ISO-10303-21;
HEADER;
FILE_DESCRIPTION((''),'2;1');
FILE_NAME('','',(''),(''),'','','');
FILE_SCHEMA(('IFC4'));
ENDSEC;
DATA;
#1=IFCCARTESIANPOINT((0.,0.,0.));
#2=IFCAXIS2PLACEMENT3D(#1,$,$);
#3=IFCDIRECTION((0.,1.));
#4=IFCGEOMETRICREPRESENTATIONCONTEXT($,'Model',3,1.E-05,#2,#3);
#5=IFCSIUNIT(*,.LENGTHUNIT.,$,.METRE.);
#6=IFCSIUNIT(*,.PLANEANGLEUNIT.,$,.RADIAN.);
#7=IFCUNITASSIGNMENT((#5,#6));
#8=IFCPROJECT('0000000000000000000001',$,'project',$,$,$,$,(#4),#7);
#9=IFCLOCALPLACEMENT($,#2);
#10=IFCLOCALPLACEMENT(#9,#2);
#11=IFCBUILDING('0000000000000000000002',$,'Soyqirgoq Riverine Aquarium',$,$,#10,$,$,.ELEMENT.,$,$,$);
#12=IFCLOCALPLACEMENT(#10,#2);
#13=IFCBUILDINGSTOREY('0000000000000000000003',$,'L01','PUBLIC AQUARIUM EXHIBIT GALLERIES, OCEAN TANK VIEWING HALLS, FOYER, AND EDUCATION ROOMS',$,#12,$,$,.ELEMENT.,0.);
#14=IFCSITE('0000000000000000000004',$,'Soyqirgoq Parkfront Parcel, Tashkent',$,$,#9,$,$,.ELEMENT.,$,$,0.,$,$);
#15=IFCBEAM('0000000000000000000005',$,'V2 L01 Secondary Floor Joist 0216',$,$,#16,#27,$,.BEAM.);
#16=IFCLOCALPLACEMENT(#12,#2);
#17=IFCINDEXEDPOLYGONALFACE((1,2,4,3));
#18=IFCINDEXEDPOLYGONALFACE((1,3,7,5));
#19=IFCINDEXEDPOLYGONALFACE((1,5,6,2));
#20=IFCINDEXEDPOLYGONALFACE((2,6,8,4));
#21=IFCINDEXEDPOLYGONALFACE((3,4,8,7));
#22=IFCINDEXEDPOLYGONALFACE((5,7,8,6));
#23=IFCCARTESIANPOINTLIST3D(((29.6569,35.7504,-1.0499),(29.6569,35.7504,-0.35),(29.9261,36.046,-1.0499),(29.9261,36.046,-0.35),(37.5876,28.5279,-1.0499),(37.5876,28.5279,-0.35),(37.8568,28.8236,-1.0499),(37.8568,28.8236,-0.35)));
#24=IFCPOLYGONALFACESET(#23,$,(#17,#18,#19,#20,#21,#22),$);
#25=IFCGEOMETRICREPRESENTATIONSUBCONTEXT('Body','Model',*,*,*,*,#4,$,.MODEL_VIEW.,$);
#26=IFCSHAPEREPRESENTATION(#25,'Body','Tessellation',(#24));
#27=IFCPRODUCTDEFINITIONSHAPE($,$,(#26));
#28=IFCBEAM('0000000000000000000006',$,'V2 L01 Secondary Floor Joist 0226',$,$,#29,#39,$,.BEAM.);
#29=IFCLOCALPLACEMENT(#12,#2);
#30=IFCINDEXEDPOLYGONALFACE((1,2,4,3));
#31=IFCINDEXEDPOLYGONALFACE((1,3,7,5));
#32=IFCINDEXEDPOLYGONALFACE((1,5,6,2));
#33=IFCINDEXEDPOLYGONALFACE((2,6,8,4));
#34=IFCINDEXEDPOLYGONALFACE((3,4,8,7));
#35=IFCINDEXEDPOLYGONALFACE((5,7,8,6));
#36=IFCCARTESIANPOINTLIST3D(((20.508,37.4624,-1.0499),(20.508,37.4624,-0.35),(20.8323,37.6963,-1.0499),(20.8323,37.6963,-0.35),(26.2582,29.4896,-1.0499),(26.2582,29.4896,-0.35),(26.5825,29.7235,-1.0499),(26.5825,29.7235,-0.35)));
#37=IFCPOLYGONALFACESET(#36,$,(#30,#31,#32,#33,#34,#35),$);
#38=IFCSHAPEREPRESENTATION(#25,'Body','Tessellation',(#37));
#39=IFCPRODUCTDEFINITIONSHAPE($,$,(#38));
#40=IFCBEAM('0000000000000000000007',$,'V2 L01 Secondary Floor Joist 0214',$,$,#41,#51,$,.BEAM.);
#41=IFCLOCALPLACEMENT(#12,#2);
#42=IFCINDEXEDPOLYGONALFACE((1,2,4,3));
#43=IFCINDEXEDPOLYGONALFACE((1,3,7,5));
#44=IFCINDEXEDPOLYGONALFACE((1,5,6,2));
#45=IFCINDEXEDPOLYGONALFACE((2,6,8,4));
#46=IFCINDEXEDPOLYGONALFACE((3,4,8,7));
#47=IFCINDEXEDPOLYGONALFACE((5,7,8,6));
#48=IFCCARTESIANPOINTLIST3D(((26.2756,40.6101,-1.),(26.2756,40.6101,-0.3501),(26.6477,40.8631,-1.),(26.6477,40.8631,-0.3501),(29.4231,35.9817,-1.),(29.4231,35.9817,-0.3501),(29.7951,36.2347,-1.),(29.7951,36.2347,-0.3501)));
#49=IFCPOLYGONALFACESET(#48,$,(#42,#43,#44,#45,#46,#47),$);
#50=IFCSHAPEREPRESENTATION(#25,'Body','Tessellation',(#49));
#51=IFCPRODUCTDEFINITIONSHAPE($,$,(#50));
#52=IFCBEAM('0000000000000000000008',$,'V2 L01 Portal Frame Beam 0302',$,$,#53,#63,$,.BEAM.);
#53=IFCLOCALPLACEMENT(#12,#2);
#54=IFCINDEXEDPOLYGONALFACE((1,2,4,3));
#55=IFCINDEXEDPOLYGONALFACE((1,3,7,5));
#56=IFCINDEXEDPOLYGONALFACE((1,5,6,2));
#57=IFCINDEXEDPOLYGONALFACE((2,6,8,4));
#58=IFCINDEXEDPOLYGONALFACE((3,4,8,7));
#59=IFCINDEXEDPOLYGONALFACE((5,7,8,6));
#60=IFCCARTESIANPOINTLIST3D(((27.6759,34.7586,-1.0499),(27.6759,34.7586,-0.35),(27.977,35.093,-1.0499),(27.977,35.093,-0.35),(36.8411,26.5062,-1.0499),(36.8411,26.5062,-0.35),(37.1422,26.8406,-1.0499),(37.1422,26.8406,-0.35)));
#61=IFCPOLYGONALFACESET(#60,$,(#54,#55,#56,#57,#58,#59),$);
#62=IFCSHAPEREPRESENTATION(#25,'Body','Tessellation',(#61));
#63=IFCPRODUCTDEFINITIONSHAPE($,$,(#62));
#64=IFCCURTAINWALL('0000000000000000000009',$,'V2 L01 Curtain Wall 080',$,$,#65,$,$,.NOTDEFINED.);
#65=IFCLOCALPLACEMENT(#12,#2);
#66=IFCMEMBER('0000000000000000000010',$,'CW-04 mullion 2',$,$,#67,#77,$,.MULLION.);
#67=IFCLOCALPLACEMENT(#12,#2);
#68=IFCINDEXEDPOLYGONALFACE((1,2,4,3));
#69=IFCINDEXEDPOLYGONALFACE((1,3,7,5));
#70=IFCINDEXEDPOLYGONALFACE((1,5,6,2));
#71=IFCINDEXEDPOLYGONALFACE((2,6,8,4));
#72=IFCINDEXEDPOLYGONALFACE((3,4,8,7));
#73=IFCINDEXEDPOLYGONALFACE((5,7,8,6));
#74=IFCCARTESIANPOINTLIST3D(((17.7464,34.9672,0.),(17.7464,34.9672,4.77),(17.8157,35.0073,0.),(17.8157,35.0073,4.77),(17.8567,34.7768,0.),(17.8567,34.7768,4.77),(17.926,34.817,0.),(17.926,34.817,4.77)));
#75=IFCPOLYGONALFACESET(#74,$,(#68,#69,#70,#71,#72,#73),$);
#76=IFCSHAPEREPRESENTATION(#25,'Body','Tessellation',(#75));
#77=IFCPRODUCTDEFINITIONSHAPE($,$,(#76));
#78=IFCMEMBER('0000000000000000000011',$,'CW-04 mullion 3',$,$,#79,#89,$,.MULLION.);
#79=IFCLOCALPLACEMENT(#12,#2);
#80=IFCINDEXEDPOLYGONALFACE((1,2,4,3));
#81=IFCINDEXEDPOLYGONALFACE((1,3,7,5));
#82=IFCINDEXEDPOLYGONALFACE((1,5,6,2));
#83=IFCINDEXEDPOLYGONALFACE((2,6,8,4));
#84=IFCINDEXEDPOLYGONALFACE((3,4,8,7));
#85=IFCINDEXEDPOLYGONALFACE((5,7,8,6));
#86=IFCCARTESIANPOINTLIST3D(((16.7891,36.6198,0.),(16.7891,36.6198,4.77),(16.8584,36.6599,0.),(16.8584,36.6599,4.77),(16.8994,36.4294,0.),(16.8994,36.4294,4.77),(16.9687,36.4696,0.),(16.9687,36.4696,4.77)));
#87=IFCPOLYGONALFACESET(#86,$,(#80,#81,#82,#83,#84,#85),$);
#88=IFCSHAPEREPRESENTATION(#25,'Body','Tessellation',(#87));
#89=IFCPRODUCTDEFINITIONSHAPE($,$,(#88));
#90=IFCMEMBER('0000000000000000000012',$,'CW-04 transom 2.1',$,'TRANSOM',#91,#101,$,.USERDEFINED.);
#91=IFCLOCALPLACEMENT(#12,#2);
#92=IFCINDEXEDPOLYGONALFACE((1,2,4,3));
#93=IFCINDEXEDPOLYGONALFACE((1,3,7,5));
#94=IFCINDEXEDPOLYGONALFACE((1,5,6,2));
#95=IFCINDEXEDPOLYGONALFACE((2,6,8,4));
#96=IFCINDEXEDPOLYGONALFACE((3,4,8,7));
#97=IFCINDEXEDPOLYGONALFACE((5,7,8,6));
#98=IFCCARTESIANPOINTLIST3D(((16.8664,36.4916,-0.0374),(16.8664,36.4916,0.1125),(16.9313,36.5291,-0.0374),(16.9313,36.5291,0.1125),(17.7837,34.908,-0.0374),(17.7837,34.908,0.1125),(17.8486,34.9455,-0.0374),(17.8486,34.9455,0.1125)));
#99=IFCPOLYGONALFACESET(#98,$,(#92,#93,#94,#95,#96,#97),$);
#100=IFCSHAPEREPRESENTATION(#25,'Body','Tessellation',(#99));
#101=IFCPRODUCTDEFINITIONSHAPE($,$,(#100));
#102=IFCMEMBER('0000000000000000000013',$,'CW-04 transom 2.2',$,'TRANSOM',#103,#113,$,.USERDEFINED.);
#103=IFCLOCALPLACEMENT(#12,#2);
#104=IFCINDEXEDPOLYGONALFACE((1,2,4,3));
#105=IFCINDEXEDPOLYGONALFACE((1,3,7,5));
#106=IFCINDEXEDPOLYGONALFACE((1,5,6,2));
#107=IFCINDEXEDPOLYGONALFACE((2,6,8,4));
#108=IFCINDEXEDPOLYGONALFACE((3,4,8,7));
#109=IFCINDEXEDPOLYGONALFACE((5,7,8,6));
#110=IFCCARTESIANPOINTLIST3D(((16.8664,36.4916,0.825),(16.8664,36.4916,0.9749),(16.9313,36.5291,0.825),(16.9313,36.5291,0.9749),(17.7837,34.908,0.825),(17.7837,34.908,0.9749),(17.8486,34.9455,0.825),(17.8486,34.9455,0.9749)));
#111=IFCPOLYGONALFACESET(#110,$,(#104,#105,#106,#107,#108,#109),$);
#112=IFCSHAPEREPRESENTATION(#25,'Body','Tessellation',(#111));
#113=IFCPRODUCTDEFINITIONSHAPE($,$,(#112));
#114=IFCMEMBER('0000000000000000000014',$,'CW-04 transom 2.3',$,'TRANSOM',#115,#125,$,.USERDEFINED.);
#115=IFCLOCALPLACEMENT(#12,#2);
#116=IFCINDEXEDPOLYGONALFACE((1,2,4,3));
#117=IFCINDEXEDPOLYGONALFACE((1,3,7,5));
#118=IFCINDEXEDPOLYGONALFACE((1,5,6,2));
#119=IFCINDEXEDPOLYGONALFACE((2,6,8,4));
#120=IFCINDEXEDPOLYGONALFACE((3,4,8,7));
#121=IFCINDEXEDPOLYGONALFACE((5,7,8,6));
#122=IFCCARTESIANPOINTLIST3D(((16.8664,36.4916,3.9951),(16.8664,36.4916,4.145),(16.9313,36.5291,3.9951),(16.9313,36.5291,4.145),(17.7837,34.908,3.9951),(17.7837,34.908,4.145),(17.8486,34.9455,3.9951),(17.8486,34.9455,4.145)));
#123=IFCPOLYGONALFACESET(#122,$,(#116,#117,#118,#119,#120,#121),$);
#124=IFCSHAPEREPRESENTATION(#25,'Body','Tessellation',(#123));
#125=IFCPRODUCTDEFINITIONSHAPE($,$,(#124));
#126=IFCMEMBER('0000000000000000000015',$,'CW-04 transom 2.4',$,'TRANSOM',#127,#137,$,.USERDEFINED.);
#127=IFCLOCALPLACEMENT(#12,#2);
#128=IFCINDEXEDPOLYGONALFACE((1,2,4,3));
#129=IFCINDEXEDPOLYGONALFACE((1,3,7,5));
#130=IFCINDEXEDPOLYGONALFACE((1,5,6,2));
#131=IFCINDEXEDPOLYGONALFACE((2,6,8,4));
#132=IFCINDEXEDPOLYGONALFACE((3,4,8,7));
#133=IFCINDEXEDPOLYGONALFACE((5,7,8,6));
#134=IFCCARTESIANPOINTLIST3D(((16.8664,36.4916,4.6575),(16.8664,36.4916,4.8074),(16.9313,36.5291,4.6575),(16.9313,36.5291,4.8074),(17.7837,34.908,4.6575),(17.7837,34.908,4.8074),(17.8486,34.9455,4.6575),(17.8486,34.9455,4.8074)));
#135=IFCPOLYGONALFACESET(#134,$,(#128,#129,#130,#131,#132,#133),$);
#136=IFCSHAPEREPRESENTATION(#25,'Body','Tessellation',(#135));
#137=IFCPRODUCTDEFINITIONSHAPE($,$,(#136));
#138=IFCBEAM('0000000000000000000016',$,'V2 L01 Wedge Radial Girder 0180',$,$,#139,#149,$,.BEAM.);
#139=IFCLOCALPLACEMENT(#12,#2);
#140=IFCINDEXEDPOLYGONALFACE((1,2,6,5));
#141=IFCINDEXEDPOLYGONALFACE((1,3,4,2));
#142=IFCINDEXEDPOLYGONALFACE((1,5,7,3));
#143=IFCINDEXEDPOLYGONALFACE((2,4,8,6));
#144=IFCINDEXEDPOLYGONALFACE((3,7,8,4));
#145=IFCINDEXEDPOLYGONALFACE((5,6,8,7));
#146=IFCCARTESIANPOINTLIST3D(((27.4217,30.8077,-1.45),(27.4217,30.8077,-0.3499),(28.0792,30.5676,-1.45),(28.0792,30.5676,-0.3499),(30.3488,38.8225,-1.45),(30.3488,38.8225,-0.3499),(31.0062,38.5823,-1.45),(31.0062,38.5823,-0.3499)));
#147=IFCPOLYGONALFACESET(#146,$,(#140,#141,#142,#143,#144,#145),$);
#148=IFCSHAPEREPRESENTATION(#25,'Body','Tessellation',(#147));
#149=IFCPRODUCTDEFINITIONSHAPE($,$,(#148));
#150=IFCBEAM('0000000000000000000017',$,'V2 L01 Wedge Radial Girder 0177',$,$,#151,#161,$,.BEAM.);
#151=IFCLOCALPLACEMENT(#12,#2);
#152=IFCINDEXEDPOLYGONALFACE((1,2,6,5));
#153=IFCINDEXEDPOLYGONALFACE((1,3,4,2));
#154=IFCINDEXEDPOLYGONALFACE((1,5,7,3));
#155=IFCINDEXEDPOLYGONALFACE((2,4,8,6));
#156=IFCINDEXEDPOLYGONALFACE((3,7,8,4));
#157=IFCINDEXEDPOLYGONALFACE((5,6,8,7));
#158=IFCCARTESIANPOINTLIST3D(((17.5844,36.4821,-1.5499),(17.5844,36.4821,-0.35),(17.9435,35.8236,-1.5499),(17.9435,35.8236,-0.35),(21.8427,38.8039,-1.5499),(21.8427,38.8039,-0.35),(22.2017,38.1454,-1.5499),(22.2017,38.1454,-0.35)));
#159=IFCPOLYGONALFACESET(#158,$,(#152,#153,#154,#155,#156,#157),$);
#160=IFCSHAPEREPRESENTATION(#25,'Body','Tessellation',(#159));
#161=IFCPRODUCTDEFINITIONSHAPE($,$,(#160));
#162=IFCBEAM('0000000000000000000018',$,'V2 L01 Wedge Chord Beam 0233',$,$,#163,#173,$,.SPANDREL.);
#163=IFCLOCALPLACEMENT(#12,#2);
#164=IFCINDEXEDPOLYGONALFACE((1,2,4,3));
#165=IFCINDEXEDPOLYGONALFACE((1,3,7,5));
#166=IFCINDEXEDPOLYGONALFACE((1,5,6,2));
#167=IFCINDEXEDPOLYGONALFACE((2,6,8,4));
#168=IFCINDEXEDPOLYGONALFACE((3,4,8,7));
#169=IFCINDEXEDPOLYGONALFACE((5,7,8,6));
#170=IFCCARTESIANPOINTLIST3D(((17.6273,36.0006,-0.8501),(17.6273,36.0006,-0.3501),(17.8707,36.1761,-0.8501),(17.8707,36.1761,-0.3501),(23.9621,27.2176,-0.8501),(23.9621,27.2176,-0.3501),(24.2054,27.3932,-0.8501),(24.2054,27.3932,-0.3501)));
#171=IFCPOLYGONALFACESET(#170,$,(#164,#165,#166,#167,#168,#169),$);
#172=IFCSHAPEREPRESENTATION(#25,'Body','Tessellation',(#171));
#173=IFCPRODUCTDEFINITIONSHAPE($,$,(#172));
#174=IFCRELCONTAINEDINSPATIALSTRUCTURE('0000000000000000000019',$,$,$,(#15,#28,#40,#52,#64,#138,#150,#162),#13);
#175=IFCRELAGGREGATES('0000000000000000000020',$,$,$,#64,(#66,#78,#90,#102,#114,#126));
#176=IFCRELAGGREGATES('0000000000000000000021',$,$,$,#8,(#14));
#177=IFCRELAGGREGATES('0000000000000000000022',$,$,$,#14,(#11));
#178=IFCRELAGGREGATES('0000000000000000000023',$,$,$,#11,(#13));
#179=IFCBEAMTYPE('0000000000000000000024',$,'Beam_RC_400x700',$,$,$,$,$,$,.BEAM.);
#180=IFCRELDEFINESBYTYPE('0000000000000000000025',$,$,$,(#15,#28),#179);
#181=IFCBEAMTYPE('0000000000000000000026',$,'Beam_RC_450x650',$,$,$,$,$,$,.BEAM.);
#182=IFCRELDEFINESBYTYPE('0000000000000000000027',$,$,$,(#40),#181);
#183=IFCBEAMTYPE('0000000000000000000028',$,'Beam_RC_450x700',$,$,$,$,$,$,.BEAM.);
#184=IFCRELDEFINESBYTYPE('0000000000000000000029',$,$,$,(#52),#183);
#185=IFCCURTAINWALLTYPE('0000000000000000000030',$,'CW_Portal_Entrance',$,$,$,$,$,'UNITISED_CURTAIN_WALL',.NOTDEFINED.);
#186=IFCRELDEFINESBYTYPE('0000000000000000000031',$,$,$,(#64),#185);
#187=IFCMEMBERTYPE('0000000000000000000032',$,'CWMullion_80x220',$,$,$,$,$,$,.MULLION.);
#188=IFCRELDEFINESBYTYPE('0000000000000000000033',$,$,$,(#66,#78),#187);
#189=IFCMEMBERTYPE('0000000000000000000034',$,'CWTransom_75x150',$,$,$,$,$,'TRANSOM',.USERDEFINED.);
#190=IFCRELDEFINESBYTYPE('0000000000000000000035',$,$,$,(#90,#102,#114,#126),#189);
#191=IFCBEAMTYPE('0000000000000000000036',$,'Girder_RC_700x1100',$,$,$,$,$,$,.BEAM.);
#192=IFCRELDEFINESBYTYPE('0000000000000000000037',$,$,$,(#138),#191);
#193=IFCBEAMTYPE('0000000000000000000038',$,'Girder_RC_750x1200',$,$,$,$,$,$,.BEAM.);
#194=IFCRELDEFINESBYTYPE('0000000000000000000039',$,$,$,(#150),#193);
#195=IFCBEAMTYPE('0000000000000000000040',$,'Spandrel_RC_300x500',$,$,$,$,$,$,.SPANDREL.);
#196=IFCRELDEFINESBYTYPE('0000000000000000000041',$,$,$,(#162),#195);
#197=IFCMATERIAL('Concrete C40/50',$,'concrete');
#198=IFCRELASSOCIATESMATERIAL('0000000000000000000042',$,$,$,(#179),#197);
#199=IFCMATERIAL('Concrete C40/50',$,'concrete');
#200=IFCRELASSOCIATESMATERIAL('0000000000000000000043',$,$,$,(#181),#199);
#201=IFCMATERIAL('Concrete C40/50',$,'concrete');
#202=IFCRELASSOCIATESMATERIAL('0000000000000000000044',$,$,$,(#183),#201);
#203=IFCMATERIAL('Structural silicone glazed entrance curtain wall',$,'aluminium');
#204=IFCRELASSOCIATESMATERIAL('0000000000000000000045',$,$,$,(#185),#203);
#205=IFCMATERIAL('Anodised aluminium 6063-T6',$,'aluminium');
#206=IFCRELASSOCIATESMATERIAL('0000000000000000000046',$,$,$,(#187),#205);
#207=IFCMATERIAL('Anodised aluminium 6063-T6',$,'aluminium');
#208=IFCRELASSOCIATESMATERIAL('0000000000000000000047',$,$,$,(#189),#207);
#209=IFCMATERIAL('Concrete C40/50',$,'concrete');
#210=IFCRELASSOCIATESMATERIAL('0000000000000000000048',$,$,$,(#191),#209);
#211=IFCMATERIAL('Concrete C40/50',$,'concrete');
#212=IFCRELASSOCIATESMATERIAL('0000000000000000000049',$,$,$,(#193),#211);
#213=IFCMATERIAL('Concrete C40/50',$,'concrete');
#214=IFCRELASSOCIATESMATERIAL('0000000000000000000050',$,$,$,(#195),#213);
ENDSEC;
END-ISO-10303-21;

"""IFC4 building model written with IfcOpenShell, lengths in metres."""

from ifc_helpers import new_model, si_unit, direction, frame, origin, origin_2d, place, context, subcontext, project, spatial, rectangle, extrude, material, material_profile, profile_set, type_object, element, aggregate, save


model = new_model("IFC4")

# Units and contexts
model_context = context("Model", 3, precision=1e-05, world=origin(), true_north=direction((0.0, 1.0)))
body_context = subcontext(model_context, "Body", "Model", "MODEL_VIEW")
ifc_project = project(units=[si_unit("LENGTHUNIT", "METRE"), si_unit("PLANEANGLEUNIT", "RADIAN")], contexts=[model_context])

# Site, building, storey
site_placement = place(None, origin())
site = spatial("IfcSite", under=ifc_project, at=site_placement, Name="Soyqirgoq Parkfront Parcel, Tashkent", CompositionType="ELEMENT", RefElevation=0.0)
building_placement = place(site_placement, origin())
building = spatial("IfcBuilding", under=site, at=building_placement, Name="Soyqirgoq Riverine Aquarium", CompositionType="ELEMENT")
storey_placement = place(building_placement, origin())
storey = spatial("IfcBuildingStorey", under=building, at=storey_placement, Name="L01", Description="PUBLIC AQUARIUM EXHIBIT GALLERIES, OCEAN TANK VIEWING HALLS, FOYER, AND EDUCATION ROOMS", CompositionType="ELEMENT", Elevation=0.0)

# Beams
ifc_material_1 = material(Name="Concrete C40/50", Category="concrete")
ifc_material_profile_1 = material_profile(ifc_material_1, rectangle(XDim=0.3999, YDim=0.7, at=origin_2d()), Name="RC 400x700")
ifc_profile_set_1 = profile_set([ifc_material_profile_1], Name="Concrete C40/50")
beam_type_1 = type_object("IfcBeamType", Name="Beam_RC_400x700", PredefinedType="BEAM", material=ifc_profile_set_1)
beam_1_placement = place(storey_placement, frame((29.7915, 35.8982, -0.7), z_axis=(0.73935, -0.673322, 0.0), x_axis=(0.673322, 0.73935, 0.0)))
element("IfcBeam", 1, at=beam_1_placement, inside=storey, type_object=beam_type_1, Name="V2 L01 Secondary Floor Joist 0216", PredefinedType="BEAM", context=body_context, shape_type="SweptSolid", body=[
    extrude(rectangle(XDim=0.3999, YDim=0.7, at=origin_2d()), origin(), (0.0, 0.0, 1.0), 10.7266),
])
beam_2_placement = place(storey_placement, frame((20.6702, 37.5793, -0.7), z_axis=(0.584958, -0.811063, 0.0), x_axis=(0.811063, 0.584958, 0.0)))
element("IfcBeam", 2, at=beam_2_placement, inside=storey, type_object=beam_type_1, Name="V2 L01 Secondary Floor Joist 0226", PredefinedType="BEAM", context=body_context, shape_type="SweptSolid", body=[
    extrude(rectangle(XDim=0.3999, YDim=0.7, at=origin_2d()), origin(), (0.0, 0.0, 1.0), 9.8301),
])
ifc_material_2 = material(Name="Concrete C40/50", Category="concrete")
ifc_material_profile_2 = material_profile(ifc_material_2, rectangle(XDim=0.45, YDim=0.6499, at=origin_2d()), Name="RC 450x650")
ifc_profile_set_2 = profile_set([ifc_material_profile_2], Name="Concrete C40/50")
beam_type_2 = type_object("IfcBeamType", Name="Beam_RC_450x650", PredefinedType="BEAM", material=ifc_profile_set_2)
beam_3_placement = place(storey_placement, frame((26.4617, 40.7366, -0.675), z_axis=(0.562327, -0.826915, 0.0), x_axis=(0.826915, 0.562327, 0.0)))
element("IfcBeam", 3, at=beam_3_placement, inside=storey, type_object=beam_type_2, Name="V2 L01 Secondary Floor Joist 0214", PredefinedType="BEAM", context=body_context, shape_type="SweptSolid", body=[
    extrude(rectangle(XDim=0.45, YDim=0.6499, at=origin_2d()), origin(), (0.0, 0.0, 1.0), 5.5972),
])
ifc_material_3 = material(Name="Concrete C40/50", Category="concrete")
ifc_material_profile_3 = material_profile(ifc_material_3, rectangle(XDim=0.45, YDim=0.7, at=origin_2d()), Name="RC 450x700")
ifc_profile_set_3 = profile_set([ifc_material_profile_3], Name="Concrete C40/50")
beam_type_3 = type_object("IfcBeamType", Name="Beam_RC_450x700", PredefinedType="BEAM", material=ifc_profile_set_3)
beam_4_placement = place(storey_placement, frame((27.8264, 34.9258, -0.7), z_axis=(0.743145, -0.66913, 0.0), x_axis=(0.66913, 0.743145, 0.0)))
element("IfcBeam", 4, at=beam_4_placement, inside=storey, type_object=beam_type_3, Name="V2 L01 Portal Frame Beam 0302", PredefinedType="BEAM", context=body_context, shape_type="SweptSolid", body=[
    extrude(rectangle(XDim=0.45, YDim=0.7, at=origin_2d()), origin(), (0.0, 0.0, 1.0), 12.333),
])

# Curtain wall, members
ifc_material_4 = material(Name="Structural silicone glazed entrance curtain wall", Category="aluminium")
curtain_wall_type = type_object("IfcCurtainWallType", Name="CW_Portal_Entrance", ElementType="UNITISED_CURTAIN_WALL", PredefinedType="NOTDEFINED", material=ifc_material_4)
curtain_wall_placement = place(storey_placement, origin())
curtain_wall = element("IfcCurtainWall", 5, at=curtain_wall_placement, inside=storey, type_object=curtain_wall_type, Name="V2 L01 Curtain Wall 080", PredefinedType="NOTDEFINED")
ifc_material_5 = material(Name="Anodised aluminium 6063-T6", Category="aluminium")
ifc_material_profile_4 = material_profile(ifc_material_5, rectangle(XDim=0.0801, YDim=0.22, at=origin_2d()), Name="ALU-M 80x220")
ifc_profile_set_4 = profile_set([ifc_material_profile_4], Name="Anodised aluminium 6063-T6")
member_type_1 = type_object("IfcMemberType", Name="CWMullion_80x220", PredefinedType="MULLION", material=ifc_profile_set_4)
member_1_placement = place(storey_placement, frame((17.8362, 34.8921, 0.0), z_axis=(0.0, 0.0, 1.0), x_axis=(-0.865295, -0.501264, 0.0)))
member_1 = element("IfcMember", 6, at=member_1_placement, type_object=member_type_1, Name="CW-04 mullion 2", PredefinedType="MULLION", context=body_context, shape_type="SweptSolid", body=[
    extrude(rectangle(XDim=0.0801, YDim=0.22, at=origin_2d()), origin(), (0.0, 0.0, 1.0), 4.77),
])
member_2_placement = place(storey_placement, frame((16.8789, 36.5447, 0.0), z_axis=(0.0, 0.0, 1.0), x_axis=(-0.865295, -0.501264, 0.0)))
member_2 = element("IfcMember", 7, at=member_2_placement, type_object=member_type_1, Name="CW-04 mullion 3", PredefinedType="MULLION", context=body_context, shape_type="SweptSolid", body=[
    extrude(rectangle(XDim=0.0801, YDim=0.22, at=origin_2d()), origin(), (0.0, 0.0, 1.0), 4.77),
])
ifc_material_6 = material(Name="Anodised aluminium 6063-T6", Category="aluminium")
ifc_material_profile_5 = material_profile(ifc_material_6, rectangle(XDim=0.075, YDim=0.1499, at=origin_2d()), Name="ALU-T 75x150")
ifc_profile_set_5 = profile_set([ifc_material_profile_5], Name="Anodised aluminium 6063-T6")
member_type_2 = type_object("IfcMemberType", Name="CWTransom_75x150", ElementType="TRANSOM", PredefinedType="USERDEFINED", material=ifc_profile_set_5)
member_3_placement = place(storey_placement, frame((17.8162, 34.9268, 0.0376), z_axis=(-0.501231, 0.865314, 0.0), x_axis=(-0.865314, -0.501231, 0.0)))
member_3 = element("IfcMember", 8, at=member_3_placement, type_object=member_type_2, Name="CW-04 transom 2.1", ObjectType="TRANSOM", PredefinedType="USERDEFINED", context=body_context, shape_type="SweptSolid", body=[
    extrude(rectangle(XDim=0.075, YDim=0.1499, at=origin_2d()), origin(), (0.0, 0.0, 1.0), 1.8301),
])
member_4_placement = place(storey_placement, frame((17.8162, 34.9268, 0.8999), z_axis=(-0.501231, 0.865314, 0.0), x_axis=(-0.865314, -0.501231, 0.0)))
member_4 = element("IfcMember", 9, at=member_4_placement, type_object=member_type_2, Name="CW-04 transom 2.2", ObjectType="TRANSOM", PredefinedType="USERDEFINED", context=body_context, shape_type="SweptSolid", body=[
    extrude(rectangle(XDim=0.075, YDim=0.1499, at=origin_2d()), origin(), (0.0, 0.0, 1.0), 1.8301),
])
member_5_placement = place(storey_placement, frame((17.8162, 34.9268, 4.0701), z_axis=(-0.501231, 0.865314, 0.0), x_axis=(-0.865314, -0.501231, 0.0)))
member_5 = element("IfcMember", 10, at=member_5_placement, type_object=member_type_2, Name="CW-04 transom 2.3", ObjectType="TRANSOM", PredefinedType="USERDEFINED", context=body_context, shape_type="SweptSolid", body=[
    extrude(rectangle(XDim=0.075, YDim=0.1499, at=origin_2d()), origin(), (0.0, 0.0, 1.0), 1.8301),
])
member_6_placement = place(storey_placement, frame((17.8162, 34.9268, 4.7324), z_axis=(-0.501231, 0.865314, 0.0), x_axis=(-0.865314, -0.501231, 0.0)))
member_6 = element("IfcMember", 11, at=member_6_placement, type_object=member_type_2, Name="CW-04 transom 2.4", ObjectType="TRANSOM", PredefinedType="USERDEFINED", context=body_context, shape_type="SweptSolid", body=[
    extrude(rectangle(XDim=0.075, YDim=0.1499, at=origin_2d()), origin(), (0.0, 0.0, 1.0), 1.8301),
])

# Beams
ifc_material_7 = material(Name="Concrete C40/50", Category="concrete")
ifc_material_profile_6 = material_profile(ifc_material_7, rectangle(XDim=0.7, YDim=1.1001, at=origin_2d()), Name="RC 700x1100")
ifc_profile_set_6 = profile_set([ifc_material_profile_6], Name="Concrete C40/50")
beam_type_4 = type_object("IfcBeamType", Name="Girder_RC_700x1100", PredefinedType="BEAM", material=ifc_profile_set_6)
beam_5_placement = place(storey_placement, frame((30.6775, 38.7024, -0.8999), z_axis=(-0.343045, -0.939319, 0.0), x_axis=(0.939319, -0.343045, 0.0)))
element("IfcBeam", 12, at=beam_5_placement, inside=storey, type_object=beam_type_4, Name="V2 L01 Wedge Radial Girder 0180", PredefinedType="BEAM", context=body_context, shape_type="SweptSolid", body=[
    extrude(rectangle(XDim=0.7, YDim=1.1001, at=origin_2d()), origin(), (0.0, 0.0, 1.0), 8.5325),
])
ifc_material_8 = material(Name="Concrete C40/50", Category="concrete")
ifc_material_profile_7 = material_profile(ifc_material_8, rectangle(XDim=0.75, YDim=1.2, at=origin_2d()), Name="RC 750x1200")
ifc_profile_set_7 = profile_set([ifc_material_profile_7], Name="Concrete C40/50")
beam_type_5 = type_object("IfcBeamType", Name="Girder_RC_750x1200", PredefinedType="BEAM", material=ifc_profile_set_7)
beam_6_placement = place(storey_placement, frame((22.0222, 38.4746, -0.95), z_axis=(-0.877976, -0.478704, 0.0), x_axis=(0.478704, -0.877976, 0.0)))
element("IfcBeam", 13, at=beam_6_placement, inside=storey, type_object=beam_type_5, Name="V2 L01 Wedge Radial Girder 0177", PredefinedType="BEAM", context=body_context, shape_type="SweptSolid", body=[
    extrude(rectangle(XDim=0.75, YDim=1.2, at=origin_2d()), origin(), (0.0, 0.0, 1.0), 4.8501),
])
ifc_material_9 = material(Name="Concrete C40/50", Category="concrete")
ifc_material_profile_8 = material_profile(ifc_material_9, rectangle(XDim=0.3, YDim=0.5, at=origin_2d()), Name="RC 300x500")
ifc_profile_set_8 = profile_set([ifc_material_profile_8], Name="Concrete C40/50")
beam_type_6 = type_object("IfcBeamType", Name="Spandrel_RC_300x500", PredefinedType="SPANDREL", material=ifc_profile_set_8)
beam_7_placement = place(storey_placement, frame((17.749, 36.0884, -0.6001), z_axis=(0.584973, -0.811053, 0.0), x_axis=(0.811053, 0.584973, 0.0)))
element("IfcBeam", 14, at=beam_7_placement, inside=storey, type_object=beam_type_6, Name="V2 L01 Wedge Chord Beam 0233", PredefinedType="SPANDREL", context=body_context, shape_type="SweptSolid", body=[
    extrude(rectangle(XDim=0.3, YDim=0.5, at=origin_2d()), origin(), (0.0, 0.0, 1.0), 10.8291),
])

aggregate(curtain_wall, [member_1, member_2, member_3, member_4, member_5, member_6])

save(model, "model.ifc")
